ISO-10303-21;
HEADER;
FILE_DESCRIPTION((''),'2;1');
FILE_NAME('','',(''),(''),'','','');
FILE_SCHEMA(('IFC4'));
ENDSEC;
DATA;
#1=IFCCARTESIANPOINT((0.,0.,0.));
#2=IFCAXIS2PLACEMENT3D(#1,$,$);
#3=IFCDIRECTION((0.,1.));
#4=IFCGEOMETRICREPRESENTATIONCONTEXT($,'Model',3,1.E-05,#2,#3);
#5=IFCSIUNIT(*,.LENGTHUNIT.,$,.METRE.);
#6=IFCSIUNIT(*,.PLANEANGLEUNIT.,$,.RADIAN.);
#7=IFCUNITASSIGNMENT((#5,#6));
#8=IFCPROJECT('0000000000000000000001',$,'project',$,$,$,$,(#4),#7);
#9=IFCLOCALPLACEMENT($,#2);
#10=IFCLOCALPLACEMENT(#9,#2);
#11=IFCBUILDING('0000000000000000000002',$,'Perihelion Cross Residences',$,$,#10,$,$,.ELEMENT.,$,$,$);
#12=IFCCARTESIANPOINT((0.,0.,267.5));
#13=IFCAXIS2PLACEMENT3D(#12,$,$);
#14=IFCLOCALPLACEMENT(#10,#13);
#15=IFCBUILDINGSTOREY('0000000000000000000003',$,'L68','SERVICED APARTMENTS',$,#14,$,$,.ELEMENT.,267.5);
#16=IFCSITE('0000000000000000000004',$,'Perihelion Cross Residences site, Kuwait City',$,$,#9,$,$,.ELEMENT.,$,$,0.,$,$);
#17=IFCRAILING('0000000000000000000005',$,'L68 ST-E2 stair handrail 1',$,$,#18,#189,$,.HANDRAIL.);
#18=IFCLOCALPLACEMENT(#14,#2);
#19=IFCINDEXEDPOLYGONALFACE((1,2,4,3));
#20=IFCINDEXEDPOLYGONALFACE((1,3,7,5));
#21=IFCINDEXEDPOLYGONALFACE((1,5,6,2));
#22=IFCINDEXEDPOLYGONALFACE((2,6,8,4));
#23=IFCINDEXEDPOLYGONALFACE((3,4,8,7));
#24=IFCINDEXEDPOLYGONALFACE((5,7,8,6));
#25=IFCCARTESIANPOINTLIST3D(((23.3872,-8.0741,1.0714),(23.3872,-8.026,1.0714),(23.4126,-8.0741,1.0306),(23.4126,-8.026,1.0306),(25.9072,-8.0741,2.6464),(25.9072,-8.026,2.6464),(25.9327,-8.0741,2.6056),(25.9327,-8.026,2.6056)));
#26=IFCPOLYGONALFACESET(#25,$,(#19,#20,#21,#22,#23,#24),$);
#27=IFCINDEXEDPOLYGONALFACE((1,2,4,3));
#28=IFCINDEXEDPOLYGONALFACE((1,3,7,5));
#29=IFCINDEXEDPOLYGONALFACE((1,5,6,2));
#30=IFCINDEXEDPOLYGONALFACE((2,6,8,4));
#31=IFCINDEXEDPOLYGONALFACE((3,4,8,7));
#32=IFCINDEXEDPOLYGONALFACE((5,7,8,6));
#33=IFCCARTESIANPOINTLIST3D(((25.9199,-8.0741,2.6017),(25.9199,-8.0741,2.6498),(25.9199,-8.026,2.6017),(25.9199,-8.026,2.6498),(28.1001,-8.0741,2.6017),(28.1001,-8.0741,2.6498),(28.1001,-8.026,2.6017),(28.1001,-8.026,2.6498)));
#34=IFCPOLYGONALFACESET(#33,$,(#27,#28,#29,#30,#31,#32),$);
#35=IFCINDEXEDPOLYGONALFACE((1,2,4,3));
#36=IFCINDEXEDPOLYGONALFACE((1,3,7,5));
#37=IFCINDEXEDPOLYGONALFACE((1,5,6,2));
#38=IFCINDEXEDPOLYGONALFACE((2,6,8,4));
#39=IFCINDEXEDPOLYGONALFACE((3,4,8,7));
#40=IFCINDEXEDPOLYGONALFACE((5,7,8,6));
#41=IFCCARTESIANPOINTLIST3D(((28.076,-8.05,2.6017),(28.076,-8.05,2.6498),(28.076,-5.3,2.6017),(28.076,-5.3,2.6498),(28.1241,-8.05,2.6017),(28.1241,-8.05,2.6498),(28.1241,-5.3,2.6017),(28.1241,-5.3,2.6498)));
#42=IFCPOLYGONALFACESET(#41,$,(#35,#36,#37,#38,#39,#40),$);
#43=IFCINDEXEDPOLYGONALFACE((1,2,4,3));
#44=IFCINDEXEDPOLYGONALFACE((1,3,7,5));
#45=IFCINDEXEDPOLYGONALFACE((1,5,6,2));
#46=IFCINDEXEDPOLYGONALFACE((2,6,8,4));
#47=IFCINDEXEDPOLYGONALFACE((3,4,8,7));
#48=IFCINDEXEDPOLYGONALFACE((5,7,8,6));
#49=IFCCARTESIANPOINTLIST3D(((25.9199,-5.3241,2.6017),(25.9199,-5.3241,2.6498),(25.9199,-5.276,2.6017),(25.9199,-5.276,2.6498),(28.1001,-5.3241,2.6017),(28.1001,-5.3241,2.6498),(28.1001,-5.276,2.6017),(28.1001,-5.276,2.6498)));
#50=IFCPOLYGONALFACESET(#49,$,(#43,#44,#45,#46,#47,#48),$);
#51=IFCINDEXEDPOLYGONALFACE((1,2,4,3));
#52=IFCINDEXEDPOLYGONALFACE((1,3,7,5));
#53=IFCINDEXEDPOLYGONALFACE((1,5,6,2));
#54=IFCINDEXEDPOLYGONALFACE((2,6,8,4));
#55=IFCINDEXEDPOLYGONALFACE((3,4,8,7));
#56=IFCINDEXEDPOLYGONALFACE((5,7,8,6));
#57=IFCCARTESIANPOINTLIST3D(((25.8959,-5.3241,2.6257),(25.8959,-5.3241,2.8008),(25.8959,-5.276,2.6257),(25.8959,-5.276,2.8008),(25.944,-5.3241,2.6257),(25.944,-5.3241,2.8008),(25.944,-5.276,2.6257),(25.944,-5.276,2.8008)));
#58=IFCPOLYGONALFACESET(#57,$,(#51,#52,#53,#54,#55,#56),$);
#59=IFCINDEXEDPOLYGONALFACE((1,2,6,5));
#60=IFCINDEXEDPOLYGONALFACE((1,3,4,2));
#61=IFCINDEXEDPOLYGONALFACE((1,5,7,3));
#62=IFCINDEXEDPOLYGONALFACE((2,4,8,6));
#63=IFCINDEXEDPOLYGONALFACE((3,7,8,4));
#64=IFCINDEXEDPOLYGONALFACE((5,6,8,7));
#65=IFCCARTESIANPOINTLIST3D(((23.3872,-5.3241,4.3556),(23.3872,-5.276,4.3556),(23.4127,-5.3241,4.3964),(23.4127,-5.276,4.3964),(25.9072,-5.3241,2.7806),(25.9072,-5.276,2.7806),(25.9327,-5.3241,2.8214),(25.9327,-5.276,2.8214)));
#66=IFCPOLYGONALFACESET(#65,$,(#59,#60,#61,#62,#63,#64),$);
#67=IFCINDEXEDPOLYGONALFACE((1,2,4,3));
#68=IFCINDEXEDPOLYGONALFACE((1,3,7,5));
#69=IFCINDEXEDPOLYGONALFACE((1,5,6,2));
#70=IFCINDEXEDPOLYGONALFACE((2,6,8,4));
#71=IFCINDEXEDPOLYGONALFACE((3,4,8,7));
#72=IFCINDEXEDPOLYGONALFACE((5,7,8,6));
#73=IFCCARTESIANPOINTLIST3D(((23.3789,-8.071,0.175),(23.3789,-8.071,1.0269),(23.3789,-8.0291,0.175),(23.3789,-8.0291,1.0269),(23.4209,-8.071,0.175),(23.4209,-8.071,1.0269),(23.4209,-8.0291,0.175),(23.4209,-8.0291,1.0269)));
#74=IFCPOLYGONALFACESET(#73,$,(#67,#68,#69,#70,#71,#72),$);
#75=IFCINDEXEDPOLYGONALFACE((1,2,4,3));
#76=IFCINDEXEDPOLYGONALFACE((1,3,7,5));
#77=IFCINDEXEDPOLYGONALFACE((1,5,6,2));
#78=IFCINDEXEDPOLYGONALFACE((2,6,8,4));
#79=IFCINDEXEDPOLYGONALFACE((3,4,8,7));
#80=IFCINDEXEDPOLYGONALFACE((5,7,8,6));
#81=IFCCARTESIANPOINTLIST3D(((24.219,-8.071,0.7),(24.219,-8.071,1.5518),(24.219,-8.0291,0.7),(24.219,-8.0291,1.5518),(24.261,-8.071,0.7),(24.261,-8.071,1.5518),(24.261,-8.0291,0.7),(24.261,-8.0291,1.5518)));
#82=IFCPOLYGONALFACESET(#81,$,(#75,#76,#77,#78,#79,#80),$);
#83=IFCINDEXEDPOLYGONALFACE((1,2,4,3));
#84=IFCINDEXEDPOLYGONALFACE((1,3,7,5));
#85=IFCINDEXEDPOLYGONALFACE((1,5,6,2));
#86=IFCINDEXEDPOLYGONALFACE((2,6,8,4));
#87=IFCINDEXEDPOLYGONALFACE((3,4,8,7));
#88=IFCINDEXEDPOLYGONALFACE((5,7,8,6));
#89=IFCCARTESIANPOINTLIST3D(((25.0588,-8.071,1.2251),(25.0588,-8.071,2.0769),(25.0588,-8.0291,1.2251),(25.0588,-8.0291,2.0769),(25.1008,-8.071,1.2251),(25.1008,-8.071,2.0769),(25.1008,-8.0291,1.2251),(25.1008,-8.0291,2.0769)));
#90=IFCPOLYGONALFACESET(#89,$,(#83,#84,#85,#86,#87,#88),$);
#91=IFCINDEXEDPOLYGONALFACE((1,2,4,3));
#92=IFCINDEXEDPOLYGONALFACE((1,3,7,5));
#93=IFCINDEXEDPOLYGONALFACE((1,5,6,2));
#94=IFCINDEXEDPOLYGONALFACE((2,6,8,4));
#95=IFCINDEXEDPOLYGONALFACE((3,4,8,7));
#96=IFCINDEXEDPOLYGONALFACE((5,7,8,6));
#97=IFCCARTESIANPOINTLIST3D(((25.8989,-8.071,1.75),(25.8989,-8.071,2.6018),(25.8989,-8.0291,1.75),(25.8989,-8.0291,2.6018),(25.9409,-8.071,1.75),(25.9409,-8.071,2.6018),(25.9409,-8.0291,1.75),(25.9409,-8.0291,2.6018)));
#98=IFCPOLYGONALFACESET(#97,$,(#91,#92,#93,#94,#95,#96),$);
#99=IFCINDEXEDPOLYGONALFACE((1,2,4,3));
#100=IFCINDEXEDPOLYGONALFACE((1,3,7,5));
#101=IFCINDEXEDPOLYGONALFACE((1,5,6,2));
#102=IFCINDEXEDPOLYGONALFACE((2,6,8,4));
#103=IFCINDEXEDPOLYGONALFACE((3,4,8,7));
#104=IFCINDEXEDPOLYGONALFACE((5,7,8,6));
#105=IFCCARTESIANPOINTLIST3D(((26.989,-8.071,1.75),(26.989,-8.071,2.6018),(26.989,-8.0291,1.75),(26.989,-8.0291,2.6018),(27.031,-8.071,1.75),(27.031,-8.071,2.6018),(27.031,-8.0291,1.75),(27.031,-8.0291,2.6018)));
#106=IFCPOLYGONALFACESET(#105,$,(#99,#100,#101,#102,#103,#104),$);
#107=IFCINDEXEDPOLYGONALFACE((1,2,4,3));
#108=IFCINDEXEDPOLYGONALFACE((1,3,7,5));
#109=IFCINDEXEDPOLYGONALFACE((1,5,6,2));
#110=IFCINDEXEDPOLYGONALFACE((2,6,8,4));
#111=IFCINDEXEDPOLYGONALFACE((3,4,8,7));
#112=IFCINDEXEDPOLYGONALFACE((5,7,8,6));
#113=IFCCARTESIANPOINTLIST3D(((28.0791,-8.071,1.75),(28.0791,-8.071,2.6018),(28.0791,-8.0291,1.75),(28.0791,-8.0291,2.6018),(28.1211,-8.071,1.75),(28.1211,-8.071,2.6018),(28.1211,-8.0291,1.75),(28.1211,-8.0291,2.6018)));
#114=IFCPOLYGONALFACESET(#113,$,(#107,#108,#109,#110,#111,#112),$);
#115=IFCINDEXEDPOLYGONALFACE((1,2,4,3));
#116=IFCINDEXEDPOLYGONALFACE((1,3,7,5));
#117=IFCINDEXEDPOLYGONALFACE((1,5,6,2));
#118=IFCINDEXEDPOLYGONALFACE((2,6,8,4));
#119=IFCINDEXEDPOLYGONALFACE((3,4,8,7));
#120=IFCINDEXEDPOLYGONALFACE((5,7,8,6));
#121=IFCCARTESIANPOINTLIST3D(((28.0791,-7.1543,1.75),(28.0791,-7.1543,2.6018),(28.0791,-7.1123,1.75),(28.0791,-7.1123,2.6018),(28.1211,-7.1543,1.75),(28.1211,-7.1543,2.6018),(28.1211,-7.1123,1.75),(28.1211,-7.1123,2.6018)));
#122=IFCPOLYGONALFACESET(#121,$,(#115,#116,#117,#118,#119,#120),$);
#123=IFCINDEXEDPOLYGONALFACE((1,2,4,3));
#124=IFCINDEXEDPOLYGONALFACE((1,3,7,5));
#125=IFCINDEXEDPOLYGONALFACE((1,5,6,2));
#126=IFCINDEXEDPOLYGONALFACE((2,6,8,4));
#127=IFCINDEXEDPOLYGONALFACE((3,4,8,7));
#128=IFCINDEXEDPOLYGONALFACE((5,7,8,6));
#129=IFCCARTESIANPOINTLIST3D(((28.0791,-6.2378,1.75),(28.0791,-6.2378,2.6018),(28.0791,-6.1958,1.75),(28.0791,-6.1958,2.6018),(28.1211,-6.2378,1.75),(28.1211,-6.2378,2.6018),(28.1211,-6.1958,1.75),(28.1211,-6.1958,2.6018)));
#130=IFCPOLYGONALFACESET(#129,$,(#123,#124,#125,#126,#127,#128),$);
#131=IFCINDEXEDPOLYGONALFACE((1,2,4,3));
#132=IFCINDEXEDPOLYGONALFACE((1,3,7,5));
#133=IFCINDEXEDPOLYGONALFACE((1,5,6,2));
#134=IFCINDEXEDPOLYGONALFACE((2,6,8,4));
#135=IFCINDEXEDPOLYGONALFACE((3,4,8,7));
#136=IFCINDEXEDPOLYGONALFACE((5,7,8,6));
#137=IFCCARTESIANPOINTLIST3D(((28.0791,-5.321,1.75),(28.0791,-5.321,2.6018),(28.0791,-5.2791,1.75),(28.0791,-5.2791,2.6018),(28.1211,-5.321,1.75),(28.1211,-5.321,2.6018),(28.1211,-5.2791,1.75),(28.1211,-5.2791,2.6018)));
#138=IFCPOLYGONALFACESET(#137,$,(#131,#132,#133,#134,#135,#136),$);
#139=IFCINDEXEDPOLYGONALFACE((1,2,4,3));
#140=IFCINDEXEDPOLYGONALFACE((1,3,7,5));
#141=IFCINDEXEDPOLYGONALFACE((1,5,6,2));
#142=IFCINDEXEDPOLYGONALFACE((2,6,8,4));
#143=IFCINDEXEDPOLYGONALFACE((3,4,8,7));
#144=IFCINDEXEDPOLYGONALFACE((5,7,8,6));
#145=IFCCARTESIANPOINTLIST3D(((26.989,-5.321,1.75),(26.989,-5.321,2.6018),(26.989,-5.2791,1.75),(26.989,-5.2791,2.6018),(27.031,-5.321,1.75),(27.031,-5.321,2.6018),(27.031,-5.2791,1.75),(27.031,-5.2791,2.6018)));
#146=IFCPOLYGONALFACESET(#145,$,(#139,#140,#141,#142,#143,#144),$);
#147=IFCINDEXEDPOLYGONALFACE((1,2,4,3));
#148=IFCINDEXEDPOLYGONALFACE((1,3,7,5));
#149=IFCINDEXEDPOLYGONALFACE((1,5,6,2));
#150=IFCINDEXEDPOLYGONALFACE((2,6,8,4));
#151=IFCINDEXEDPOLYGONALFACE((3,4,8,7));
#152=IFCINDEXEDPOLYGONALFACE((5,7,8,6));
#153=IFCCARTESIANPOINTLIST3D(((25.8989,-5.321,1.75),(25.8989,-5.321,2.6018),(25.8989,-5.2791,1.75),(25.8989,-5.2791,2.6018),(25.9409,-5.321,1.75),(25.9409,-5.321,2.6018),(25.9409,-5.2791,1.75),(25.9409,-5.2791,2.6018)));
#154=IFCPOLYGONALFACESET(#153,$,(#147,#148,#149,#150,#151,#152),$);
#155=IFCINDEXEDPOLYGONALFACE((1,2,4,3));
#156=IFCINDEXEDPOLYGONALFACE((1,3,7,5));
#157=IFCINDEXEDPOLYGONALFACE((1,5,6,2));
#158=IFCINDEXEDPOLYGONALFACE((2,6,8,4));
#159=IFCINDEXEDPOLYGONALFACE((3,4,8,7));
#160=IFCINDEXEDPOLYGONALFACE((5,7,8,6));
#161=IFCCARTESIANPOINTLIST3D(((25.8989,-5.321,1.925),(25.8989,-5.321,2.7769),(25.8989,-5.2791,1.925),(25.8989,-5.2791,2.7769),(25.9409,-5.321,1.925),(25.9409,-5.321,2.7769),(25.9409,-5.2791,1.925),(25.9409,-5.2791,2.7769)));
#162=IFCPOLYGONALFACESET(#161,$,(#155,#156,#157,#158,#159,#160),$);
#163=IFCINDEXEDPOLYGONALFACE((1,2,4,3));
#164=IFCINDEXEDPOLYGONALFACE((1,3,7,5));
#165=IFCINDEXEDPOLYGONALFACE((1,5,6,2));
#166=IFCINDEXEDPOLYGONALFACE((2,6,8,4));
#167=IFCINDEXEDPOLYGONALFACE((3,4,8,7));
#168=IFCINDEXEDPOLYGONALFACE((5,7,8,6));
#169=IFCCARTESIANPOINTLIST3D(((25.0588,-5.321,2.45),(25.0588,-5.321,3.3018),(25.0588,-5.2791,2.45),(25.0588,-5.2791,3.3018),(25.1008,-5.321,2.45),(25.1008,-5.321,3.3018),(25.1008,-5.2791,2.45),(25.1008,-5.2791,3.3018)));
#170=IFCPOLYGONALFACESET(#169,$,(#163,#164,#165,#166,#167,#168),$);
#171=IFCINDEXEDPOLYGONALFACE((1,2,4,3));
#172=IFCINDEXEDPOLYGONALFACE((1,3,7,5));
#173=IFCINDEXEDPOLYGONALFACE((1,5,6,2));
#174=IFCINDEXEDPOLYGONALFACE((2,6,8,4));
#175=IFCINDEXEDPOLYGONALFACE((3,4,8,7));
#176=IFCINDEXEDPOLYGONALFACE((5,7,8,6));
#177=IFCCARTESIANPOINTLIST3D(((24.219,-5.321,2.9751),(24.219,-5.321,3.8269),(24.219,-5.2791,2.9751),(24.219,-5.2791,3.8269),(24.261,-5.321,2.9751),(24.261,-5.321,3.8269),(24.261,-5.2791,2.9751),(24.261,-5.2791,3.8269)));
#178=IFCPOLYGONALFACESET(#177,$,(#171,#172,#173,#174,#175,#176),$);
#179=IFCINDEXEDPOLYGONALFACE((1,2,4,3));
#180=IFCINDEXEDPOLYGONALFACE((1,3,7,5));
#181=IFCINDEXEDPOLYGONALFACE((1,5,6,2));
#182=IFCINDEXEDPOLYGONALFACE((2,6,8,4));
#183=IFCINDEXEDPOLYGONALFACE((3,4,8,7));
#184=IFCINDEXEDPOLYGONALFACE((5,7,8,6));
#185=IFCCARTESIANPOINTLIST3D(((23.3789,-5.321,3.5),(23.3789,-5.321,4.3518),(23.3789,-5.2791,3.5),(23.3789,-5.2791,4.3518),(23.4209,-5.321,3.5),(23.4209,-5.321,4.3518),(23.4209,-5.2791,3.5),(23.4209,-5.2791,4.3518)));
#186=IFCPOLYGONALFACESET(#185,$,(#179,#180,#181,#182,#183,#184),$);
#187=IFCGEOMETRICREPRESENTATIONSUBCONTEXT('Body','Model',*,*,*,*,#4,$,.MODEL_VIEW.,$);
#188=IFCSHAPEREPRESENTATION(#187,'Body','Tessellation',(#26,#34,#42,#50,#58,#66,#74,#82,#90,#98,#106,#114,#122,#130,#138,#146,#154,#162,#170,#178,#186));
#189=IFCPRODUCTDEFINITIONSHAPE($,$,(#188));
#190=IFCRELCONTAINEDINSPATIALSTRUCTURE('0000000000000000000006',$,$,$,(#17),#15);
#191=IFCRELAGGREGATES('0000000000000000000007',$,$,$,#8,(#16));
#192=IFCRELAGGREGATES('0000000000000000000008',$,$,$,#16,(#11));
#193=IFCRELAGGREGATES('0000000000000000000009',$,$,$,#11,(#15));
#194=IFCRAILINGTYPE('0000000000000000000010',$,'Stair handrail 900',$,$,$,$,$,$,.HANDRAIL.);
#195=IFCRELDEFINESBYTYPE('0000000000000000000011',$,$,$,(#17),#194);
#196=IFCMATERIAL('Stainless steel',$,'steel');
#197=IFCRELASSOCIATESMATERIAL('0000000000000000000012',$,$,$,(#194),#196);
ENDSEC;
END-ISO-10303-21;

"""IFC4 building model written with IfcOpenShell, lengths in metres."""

from ifc_helpers import new_model, si_unit, direction, frame, origin, origin_2d, place, context, subcontext, project, spatial, rectangle, extrude, material, type_object, element, save


model = new_model("IFC4")

# Units and contexts
model_context = context("Model", 3, precision=1e-05, world=origin(), true_north=direction((0.0, 1.0)))
body_context = subcontext(model_context, "Body", "Model", "MODEL_VIEW")
ifc_project = project(units=[si_unit("LENGTHUNIT", "METRE"), si_unit("PLANEANGLEUNIT", "RADIAN")], contexts=[model_context])

# Site, building, storey
site_placement = place(None, origin())
site = spatial("IfcSite", under=ifc_project, at=site_placement, Name="Perihelion Cross Residences site, Kuwait City", CompositionType="ELEMENT", RefElevation=0.0)
building_placement = place(site_placement, origin())
building = spatial("IfcBuilding", under=site, at=building_placement, Name="Perihelion Cross Residences", CompositionType="ELEMENT")
storey_placement = place(building_placement, frame((0.0, 0.0, 267.5)))
storey = spatial("IfcBuildingStorey", under=building, at=storey_placement, Name="L68", Description="SERVICED APARTMENTS", CompositionType="ELEMENT", Elevation=267.5)

# Railing
ifc_material_1 = material(Name="Stainless steel", Category="steel")
railing_type_1 = type_object("IfcRailingType", Name="Stair handrail 900", PredefinedType="HANDRAIL", material=ifc_material_1)
railing_1_placement = place(storey_placement, frame((23.3999, -8.05, 0.175)))
element("IfcRailing", 1, at=railing_1_placement, inside=storey, type_object=railing_type_1, Name="L68 ST-E2 stair handrail 1", PredefinedType="HANDRAIL", context=body_context, shape_type="SweptSolid", body=[
    extrude(rectangle(XDim=0.0481, YDim=0.0481, at=origin_2d()), frame((0.0, 0.0, 0.876), z_axis=(0.848008, 0.0, 0.529984), x_axis=(0.0, 1.0, 0.0)), (0.0, 0.0, 1.0), 2.9717),
    extrude(rectangle(XDim=0.0481, YDim=0.0481, at=origin_2d()), frame((2.52, 0.0, 2.4507), z_axis=(1.0, 0.0, 0.0), x_axis=(0.0, 1.0, 0.0)), (0.0, 0.0, 1.0), 2.1802),
    extrude(rectangle(XDim=0.0481, YDim=0.0481, at=origin_2d()), frame((4.7002, 0.0, 2.4507), z_axis=(0.0, 1.0, 0.0), x_axis=(-1.0, 0.0, 0.0)), (0.0, 0.0, 1.0), 2.75),
    extrude(rectangle(XDim=0.0481, YDim=0.0481, at=origin_2d()), frame((4.7002, 2.75, 2.4507), z_axis=(-1.0, 0.0, 0.0), x_axis=(0.0, -1.0, 0.0)), (0.0, 0.0, 1.0), 2.1802),
    extrude(rectangle(XDim=0.0481, YDim=0.0481, at=origin_2d()), frame((2.52, 2.75, 2.4507), z_axis=(0.0, 0.0, 1.0), x_axis=(1.0, 0.0, 0.0)), (0.0, 0.0, 1.0), 0.175),
    extrude(rectangle(XDim=0.0481, YDim=0.0481, at=origin_2d()), frame((2.52, 2.75, 2.626), z_axis=(-0.848008, 0.0, 0.529984), x_axis=(0.0, -1.0, 0.0)), (0.0, 0.0, 1.0), 2.9717),
    extrude(rectangle(XDim=0.042, YDim=0.042, at=origin_2d()), origin(), (0.0, 0.0, 1.0), 0.8518),
    extrude(rectangle(XDim=0.042, YDim=0.042, at=origin_2d()), frame((0.8401, 0.0, 0.5249)), (0.0, 0.0, 1.0), 0.8518),
    extrude(rectangle(XDim=0.042, YDim=0.042, at=origin_2d()), frame((1.6799, 0.0, 1.05)), (0.0, 0.0, 1.0), 0.8518),
    extrude(rectangle(XDim=0.042, YDim=0.042, at=origin_2d()), frame((2.52, 0.0, 1.575)), (0.0, 0.0, 1.0), 0.8518),
    extrude(rectangle(XDim=0.042, YDim=0.042, at=origin_2d()), frame((3.6101, 0.0, 1.575)), (0.0, 0.0, 1.0), 0.8518),
    extrude(rectangle(XDim=0.042, YDim=0.042, at=origin_2d()), frame((4.7002, 0.0, 1.575)), (0.0, 0.0, 1.0), 0.8518),
    extrude(rectangle(XDim=0.042, YDim=0.042, at=origin_2d()), frame((4.7002, 0.9167, 1.575)), (0.0, 0.0, 1.0), 0.8518),
    extrude(rectangle(XDim=0.042, YDim=0.042, at=origin_2d()), frame((4.7002, 1.8333, 1.575)), (0.0, 0.0, 1.0), 0.8518),
    extrude(rectangle(XDim=0.042, YDim=0.042, at=origin_2d()), frame((4.7002, 2.75, 1.575)), (0.0, 0.0, 1.0), 0.8518),
    extrude(rectangle(XDim=0.042, YDim=0.042, at=origin_2d()), frame((3.6101, 2.75, 1.575)), (0.0, 0.0, 1.0), 0.8518),
    extrude(rectangle(XDim=0.042, YDim=0.042, at=origin_2d()), frame((2.52, 2.75, 1.575)), (0.0, 0.0, 1.0), 0.8518),
    extrude(rectangle(XDim=0.042, YDim=0.042, at=origin_2d()), frame((2.52, 2.75, 1.75)), (0.0, 0.0, 1.0), 0.8518),
    extrude(rectangle(XDim=0.042, YDim=0.042, at=origin_2d()), frame((1.6799, 2.75, 2.2749)), (0.0, 0.0, 1.0), 0.8518),
    extrude(rectangle(XDim=0.042, YDim=0.042, at=origin_2d()), frame((0.8401, 2.75, 2.8)), (0.0, 0.0, 1.0), 0.8518),
    extrude(rectangle(XDim=0.042, YDim=0.042, at=origin_2d()), frame((0.0, 2.75, 3.325)), (0.0, 0.0, 1.0), 0.8518),
])

save(model, "model.ifc")
